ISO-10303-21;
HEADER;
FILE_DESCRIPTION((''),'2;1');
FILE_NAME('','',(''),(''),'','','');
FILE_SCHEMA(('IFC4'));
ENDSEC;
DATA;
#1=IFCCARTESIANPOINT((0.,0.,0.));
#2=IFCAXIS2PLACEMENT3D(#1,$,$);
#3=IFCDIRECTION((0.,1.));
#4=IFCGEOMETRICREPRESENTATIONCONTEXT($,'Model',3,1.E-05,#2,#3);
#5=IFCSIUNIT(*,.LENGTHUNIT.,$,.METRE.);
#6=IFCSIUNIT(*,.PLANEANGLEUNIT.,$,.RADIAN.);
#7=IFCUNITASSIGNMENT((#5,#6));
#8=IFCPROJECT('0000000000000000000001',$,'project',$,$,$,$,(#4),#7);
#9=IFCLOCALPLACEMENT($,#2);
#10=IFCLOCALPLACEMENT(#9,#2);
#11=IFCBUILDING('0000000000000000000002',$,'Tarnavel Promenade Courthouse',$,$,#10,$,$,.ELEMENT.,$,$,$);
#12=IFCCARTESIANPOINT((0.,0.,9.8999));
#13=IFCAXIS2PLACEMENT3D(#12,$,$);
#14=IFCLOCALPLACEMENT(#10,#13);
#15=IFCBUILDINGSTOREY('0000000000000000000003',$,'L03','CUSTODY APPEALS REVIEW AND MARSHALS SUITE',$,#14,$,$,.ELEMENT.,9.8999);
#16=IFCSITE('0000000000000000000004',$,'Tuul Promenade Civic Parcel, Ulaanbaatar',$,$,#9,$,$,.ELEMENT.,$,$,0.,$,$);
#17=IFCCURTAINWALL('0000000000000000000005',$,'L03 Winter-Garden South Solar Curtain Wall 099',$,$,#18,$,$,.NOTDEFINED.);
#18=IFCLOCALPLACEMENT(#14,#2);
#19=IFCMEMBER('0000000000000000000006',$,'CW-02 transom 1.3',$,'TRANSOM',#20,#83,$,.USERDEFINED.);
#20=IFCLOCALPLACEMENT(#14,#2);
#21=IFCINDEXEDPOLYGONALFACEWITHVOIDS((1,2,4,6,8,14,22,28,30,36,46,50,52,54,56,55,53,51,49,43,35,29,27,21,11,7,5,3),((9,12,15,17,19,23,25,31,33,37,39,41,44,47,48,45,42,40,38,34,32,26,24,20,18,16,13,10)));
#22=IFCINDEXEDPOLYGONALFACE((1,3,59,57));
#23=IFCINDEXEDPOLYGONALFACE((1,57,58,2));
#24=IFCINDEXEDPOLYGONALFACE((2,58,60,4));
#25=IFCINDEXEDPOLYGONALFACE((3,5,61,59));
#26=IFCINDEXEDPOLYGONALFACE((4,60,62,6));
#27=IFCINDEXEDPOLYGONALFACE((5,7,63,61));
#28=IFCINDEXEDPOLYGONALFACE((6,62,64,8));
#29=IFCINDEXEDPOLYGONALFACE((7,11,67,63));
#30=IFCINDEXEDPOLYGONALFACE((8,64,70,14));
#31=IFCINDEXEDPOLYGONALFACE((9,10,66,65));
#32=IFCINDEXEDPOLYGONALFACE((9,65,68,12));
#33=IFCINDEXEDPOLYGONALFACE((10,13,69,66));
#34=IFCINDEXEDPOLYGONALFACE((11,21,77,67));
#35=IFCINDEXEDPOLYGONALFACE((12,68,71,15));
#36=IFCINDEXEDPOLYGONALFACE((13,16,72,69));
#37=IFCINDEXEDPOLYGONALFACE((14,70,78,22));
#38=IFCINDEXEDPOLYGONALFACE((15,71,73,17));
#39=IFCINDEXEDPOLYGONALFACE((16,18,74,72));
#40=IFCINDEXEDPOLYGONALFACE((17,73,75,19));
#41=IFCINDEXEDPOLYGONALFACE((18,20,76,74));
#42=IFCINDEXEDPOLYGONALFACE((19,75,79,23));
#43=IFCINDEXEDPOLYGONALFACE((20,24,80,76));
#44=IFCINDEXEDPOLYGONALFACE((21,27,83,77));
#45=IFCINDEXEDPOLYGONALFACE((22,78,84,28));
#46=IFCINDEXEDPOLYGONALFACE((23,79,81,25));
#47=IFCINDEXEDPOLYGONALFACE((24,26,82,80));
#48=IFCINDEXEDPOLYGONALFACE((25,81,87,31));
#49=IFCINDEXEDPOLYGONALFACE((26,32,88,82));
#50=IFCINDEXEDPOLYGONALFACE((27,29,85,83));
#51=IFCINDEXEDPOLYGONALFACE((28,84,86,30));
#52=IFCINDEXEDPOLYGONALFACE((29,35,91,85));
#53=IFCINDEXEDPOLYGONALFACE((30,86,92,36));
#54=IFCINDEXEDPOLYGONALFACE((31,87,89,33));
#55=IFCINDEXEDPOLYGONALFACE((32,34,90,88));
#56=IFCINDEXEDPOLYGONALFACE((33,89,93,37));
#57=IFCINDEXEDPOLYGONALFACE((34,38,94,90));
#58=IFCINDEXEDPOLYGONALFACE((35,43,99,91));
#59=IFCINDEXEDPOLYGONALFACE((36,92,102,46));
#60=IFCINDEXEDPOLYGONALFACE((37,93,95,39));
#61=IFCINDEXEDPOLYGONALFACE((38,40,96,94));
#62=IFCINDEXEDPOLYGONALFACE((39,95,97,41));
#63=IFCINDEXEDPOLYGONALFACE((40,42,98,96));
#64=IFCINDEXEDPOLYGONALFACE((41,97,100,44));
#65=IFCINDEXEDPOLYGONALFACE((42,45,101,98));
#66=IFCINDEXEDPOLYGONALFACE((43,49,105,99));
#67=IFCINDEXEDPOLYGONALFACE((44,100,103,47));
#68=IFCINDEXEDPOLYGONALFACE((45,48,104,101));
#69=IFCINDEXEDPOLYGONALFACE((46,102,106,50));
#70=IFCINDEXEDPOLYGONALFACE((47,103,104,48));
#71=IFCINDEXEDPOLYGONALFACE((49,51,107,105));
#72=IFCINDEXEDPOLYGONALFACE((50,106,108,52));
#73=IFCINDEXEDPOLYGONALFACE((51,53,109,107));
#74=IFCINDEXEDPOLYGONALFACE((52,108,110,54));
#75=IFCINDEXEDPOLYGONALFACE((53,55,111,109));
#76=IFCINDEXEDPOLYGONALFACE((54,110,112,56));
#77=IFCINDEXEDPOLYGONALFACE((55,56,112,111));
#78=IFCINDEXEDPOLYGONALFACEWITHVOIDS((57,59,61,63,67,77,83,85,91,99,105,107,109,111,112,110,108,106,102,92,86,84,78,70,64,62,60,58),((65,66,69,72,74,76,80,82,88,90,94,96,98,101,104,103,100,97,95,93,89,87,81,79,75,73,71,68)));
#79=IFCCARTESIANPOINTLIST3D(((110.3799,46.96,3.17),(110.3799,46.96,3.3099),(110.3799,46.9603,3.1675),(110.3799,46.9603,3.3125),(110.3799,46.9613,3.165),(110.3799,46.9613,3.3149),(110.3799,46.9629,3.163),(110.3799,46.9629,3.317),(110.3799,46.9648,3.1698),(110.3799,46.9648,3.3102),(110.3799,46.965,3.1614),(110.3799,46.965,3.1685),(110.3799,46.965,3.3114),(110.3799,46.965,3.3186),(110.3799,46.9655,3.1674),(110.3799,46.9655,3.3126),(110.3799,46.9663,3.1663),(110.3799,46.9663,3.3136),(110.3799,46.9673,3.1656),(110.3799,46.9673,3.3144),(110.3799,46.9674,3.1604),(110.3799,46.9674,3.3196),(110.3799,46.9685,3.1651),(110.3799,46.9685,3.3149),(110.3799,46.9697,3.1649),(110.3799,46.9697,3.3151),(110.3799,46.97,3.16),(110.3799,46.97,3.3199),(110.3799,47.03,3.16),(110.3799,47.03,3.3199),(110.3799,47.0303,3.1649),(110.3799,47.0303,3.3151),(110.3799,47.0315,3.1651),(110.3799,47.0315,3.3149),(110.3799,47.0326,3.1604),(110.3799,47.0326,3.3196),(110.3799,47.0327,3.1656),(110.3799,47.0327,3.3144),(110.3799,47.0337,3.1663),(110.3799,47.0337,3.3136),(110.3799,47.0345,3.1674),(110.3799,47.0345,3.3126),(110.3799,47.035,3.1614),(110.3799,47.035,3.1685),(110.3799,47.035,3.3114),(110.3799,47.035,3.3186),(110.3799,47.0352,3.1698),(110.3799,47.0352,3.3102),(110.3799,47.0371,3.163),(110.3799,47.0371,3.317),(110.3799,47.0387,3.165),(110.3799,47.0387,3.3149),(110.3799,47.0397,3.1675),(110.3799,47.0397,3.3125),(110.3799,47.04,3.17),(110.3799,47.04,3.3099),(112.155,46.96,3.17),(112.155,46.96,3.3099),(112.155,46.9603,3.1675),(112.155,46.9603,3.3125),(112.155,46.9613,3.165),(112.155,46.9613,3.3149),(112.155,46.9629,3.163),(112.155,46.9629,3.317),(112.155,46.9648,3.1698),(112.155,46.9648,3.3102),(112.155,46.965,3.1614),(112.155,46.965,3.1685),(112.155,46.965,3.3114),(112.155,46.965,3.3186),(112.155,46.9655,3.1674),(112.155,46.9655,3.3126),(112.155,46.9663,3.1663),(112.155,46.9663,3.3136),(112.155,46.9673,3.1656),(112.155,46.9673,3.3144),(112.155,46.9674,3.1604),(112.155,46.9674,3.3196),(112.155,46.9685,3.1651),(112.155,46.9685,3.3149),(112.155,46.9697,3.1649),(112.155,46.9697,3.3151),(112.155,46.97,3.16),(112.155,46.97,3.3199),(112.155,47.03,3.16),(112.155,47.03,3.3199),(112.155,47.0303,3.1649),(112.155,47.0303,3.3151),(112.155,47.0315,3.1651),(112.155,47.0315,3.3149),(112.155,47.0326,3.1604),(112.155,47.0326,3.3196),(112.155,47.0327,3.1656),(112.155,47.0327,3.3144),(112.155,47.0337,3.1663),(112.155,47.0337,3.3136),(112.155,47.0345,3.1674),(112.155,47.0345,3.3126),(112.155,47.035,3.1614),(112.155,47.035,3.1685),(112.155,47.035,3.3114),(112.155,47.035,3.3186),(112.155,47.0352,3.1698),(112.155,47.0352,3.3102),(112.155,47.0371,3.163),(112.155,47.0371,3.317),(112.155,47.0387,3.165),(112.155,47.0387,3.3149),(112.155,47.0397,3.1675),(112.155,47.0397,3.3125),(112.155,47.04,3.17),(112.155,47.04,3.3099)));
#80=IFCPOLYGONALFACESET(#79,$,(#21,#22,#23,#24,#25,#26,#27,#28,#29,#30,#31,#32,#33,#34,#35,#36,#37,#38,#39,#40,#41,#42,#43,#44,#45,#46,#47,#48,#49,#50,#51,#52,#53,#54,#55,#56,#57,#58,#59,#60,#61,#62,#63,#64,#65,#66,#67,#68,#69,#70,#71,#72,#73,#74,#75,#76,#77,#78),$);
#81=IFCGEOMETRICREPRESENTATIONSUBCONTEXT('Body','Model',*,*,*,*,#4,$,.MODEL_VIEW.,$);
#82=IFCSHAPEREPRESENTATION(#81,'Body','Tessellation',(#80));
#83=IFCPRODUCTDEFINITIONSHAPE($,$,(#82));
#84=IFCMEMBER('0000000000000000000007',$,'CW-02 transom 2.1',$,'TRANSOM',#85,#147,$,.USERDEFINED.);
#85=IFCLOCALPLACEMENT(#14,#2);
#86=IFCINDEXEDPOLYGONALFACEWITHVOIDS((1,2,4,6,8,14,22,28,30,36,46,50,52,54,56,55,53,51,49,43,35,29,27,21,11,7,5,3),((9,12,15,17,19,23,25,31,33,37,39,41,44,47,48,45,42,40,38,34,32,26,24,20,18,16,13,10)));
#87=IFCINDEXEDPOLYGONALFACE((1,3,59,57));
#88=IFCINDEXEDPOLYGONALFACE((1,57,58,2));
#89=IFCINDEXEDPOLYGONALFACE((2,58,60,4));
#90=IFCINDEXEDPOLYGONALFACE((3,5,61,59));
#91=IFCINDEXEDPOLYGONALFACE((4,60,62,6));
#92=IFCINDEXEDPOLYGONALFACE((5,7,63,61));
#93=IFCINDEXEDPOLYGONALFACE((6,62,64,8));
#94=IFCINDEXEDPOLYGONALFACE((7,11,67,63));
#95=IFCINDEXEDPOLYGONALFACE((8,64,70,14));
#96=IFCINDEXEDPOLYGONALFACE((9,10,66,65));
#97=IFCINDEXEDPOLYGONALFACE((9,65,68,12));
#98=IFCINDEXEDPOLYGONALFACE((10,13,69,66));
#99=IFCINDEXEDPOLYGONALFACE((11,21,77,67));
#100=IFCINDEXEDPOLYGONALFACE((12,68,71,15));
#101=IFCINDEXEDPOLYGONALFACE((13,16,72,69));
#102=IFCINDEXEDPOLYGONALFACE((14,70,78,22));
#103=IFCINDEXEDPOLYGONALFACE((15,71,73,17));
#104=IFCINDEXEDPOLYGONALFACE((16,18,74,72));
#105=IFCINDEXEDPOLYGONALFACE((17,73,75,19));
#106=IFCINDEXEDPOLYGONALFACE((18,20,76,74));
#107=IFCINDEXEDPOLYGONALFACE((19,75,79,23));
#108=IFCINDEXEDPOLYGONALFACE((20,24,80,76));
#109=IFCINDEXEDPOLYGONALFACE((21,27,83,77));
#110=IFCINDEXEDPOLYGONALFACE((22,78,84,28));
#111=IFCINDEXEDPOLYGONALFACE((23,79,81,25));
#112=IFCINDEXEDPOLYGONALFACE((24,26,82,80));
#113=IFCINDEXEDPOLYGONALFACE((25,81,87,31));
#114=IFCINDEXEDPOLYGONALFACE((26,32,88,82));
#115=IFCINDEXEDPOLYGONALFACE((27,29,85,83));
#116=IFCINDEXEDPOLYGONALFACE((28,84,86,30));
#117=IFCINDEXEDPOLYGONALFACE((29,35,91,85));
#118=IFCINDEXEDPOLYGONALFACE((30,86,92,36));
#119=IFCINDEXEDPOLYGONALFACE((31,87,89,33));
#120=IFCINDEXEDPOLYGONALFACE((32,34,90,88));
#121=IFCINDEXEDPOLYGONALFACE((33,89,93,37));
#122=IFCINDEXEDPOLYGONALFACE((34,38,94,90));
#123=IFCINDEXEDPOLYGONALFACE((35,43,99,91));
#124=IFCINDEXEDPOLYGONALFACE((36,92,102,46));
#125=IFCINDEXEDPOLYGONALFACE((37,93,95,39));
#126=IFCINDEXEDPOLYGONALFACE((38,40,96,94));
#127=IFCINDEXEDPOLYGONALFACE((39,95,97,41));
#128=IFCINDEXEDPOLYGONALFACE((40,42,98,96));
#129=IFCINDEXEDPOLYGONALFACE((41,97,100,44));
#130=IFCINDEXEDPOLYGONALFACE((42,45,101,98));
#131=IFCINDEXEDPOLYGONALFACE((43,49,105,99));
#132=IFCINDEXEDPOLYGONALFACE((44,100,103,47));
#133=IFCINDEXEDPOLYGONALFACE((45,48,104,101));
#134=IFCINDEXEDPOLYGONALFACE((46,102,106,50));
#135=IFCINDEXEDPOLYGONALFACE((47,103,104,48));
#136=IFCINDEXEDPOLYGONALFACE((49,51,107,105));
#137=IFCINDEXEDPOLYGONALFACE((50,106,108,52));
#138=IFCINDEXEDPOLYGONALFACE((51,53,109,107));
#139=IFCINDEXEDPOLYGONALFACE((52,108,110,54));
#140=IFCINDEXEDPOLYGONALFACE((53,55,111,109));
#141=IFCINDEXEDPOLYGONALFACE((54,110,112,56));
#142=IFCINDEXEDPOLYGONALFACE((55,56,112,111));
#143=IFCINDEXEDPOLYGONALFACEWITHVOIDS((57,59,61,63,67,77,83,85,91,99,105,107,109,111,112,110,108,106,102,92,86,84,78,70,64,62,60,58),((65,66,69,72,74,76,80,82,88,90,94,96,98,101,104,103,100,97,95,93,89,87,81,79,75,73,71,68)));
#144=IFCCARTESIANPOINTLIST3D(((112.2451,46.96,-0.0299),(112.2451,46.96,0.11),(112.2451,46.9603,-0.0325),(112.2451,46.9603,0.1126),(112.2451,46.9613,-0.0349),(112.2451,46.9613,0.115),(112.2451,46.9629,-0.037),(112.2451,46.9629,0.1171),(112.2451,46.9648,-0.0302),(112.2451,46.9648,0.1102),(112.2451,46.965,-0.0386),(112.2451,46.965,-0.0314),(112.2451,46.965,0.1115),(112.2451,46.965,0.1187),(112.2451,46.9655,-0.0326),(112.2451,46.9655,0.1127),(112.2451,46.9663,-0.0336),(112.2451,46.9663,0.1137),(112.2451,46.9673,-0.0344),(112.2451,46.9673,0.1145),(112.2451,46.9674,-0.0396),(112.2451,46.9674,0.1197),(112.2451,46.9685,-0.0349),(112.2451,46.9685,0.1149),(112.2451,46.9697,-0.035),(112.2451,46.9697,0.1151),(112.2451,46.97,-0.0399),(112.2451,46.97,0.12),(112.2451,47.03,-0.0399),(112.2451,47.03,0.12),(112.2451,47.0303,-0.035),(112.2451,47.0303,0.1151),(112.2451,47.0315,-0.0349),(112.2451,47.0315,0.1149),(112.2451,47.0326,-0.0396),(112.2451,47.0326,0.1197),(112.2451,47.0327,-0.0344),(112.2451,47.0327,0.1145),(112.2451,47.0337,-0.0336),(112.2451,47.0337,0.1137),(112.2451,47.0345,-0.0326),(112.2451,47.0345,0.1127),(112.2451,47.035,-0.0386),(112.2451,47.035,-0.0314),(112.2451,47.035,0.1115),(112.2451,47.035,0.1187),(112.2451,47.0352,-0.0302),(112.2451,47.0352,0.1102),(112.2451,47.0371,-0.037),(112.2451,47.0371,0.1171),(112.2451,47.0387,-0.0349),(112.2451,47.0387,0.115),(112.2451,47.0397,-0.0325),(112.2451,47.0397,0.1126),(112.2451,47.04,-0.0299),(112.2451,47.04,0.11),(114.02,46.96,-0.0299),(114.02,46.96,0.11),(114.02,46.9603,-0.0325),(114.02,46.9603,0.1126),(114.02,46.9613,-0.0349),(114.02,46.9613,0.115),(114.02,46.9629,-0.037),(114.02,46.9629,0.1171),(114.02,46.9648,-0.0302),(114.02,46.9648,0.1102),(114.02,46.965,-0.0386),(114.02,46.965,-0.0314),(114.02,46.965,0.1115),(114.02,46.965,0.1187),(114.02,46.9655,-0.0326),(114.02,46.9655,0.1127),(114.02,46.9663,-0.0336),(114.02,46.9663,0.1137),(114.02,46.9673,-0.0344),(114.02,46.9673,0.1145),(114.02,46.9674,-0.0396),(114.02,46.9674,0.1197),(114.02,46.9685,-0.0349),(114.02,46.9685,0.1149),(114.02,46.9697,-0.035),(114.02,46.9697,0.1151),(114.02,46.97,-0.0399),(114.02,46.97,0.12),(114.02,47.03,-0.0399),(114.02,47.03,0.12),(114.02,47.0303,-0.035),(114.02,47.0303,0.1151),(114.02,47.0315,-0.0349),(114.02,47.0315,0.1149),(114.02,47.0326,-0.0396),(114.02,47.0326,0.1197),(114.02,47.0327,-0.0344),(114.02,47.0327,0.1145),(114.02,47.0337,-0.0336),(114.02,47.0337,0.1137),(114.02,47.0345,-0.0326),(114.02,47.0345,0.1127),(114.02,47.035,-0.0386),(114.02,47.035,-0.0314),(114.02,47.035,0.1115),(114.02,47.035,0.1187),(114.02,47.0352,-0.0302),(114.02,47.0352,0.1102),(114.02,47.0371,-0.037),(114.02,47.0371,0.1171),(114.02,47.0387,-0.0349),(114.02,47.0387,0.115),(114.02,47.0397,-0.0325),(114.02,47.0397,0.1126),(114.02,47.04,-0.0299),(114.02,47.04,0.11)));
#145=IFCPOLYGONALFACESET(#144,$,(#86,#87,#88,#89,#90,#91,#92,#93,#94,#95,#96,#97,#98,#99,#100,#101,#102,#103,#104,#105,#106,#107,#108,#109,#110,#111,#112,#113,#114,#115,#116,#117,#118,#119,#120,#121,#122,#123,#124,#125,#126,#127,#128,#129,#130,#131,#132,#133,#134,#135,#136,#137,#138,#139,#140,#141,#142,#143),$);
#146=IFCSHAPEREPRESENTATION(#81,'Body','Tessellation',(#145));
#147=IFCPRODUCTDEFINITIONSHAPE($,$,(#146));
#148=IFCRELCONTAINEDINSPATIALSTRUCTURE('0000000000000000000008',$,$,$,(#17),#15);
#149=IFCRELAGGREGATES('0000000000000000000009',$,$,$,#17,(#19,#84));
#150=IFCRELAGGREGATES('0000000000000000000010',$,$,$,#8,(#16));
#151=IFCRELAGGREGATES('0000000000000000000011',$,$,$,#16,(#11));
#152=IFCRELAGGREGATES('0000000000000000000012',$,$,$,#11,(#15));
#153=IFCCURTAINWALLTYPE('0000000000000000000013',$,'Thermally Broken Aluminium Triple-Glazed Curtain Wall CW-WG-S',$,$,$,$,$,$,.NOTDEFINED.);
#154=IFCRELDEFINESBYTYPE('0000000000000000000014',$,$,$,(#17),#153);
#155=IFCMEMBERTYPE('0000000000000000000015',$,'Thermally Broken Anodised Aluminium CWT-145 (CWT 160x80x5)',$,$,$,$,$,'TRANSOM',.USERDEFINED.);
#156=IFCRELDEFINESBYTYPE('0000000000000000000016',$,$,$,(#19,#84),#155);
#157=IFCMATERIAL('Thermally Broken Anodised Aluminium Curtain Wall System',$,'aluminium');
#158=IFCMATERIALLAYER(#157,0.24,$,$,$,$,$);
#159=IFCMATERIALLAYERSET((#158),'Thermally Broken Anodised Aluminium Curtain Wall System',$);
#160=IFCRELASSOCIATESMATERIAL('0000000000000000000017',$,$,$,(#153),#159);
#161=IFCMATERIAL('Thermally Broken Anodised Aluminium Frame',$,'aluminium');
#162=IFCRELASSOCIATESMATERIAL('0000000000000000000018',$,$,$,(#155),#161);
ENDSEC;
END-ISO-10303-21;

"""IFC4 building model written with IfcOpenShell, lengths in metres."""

from ifc_helpers import new_model, si_unit, direction, frame, origin, origin_2d, place, context, subcontext, project, spatial, hollow_rectangle, extrude, material, layer, layer_set, material_profile, profile_set, type_object, element, aggregate, save


model = new_model("IFC4")

# Units and contexts
model_context = context("Model", 3, precision=1e-05, world=origin(), true_north=direction((0.0, 1.0)))
body_context = subcontext(model_context, "Body", "Model", "MODEL_VIEW")
ifc_project = project(units=[si_unit("LENGTHUNIT", "METRE"), si_unit("PLANEANGLEUNIT", "RADIAN")], contexts=[model_context])

# Site, building, storey
site_placement = place(None, origin())
site = spatial("IfcSite", under=ifc_project, at=site_placement, Name="Tuul Promenade Civic Parcel, Ulaanbaatar", CompositionType="ELEMENT", RefElevation=0.0)
building_placement = place(site_placement, origin())
building = spatial("IfcBuilding", under=site, at=building_placement, Name="Tarnavel Promenade Courthouse", CompositionType="ELEMENT")
storey_placement = place(building_placement, frame((0.0, 0.0, 9.8999)))
storey = spatial("IfcBuildingStorey", under=building, at=storey_placement, Name="L03", Description="CUSTODY APPEALS REVIEW AND MARSHALS SUITE", CompositionType="ELEMENT", Elevation=9.8999)

# Curtain wall
ifc_material_1 = material(Name="Thermally Broken Anodised Aluminium Curtain Wall System", Category="aluminium")
ifc_layer_1 = layer(ifc_material_1, 0.24)
ifc_layer_set_1 = layer_set([ifc_layer_1], Name="Thermally Broken Anodised Aluminium Curtain Wall System")
curtain_wall_type = type_object("IfcCurtainWallType", Name="Thermally Broken Aluminium Triple-Glazed Curtain Wall CW-WG-S", PredefinedType="NOTDEFINED", material=ifc_layer_set_1)
ifc_material_2 = material(Name="Thermally Broken Anodised Aluminium Frame", Category="aluminium")
curtain_wall_1_placement = place(storey_placement, origin())
curtain_wall_1 = element("IfcCurtainWall", 1, at=curtain_wall_1_placement, inside=storey, type_object=curtain_wall_type, Name="L03 Winter-Garden South Solar Curtain Wall 099", PredefinedType="NOTDEFINED")

# Members
ifc_material_profile_1 = material_profile(ifc_material_2, hollow_rectangle(XDim=0.0801, YDim=0.1599, WallThickness=0.0049, InnerFilletRadius=0.0049, OuterFilletRadius=0.01, at=origin_2d()), Name="CWT 160x80x5")
ifc_profile_set_1 = profile_set([ifc_material_profile_1], Name="Thermally Broken Anodised Aluminium Frame")
member_type_1 = type_object("IfcMemberType", Name="Thermally Broken Anodised Aluminium CWT-145 (CWT 160x80x5)", ElementType="TRANSOM", PredefinedType="USERDEFINED", material=ifc_profile_set_1)
member_1_placement = place(storey_placement, frame((110.3799, 47.0, 3.24), z_axis=(1.0, 0.0, 0.0), x_axis=(0.0, 1.0, 0.0)))
member_1 = element("IfcMember", 2, at=member_1_placement, type_object=member_type_1, Name="CW-02 transom 1.3", ObjectType="TRANSOM", PredefinedType="USERDEFINED", context=body_context, shape_type="SweptSolid", body=[
    extrude(hollow_rectangle(XDim=0.0801, YDim=0.1599, WallThickness=0.0049, InnerFilletRadius=0.0049, OuterFilletRadius=0.01, at=origin_2d()), origin(), (0.0, 0.0, 1.0), 1.7751),
])
member_2_placement = place(storey_placement, frame((112.2451, 47.0, 0.04), z_axis=(1.0, 0.0, 0.0), x_axis=(0.0, 1.0, 0.0)))
member_2 = element("IfcMember", 3, at=member_2_placement, type_object=member_type_1, Name="CW-02 transom 2.1", ObjectType="TRANSOM", PredefinedType="USERDEFINED", context=body_context, shape_type="SweptSolid", body=[
    extrude(hollow_rectangle(XDim=0.0801, YDim=0.1599, WallThickness=0.0049, InnerFilletRadius=0.0049, OuterFilletRadius=0.01, at=origin_2d()), origin(), (0.0, 0.0, 1.0), 1.7749),
])

aggregate(curtain_wall_1, [member_1, member_2])

save(model, "model.ifc")
